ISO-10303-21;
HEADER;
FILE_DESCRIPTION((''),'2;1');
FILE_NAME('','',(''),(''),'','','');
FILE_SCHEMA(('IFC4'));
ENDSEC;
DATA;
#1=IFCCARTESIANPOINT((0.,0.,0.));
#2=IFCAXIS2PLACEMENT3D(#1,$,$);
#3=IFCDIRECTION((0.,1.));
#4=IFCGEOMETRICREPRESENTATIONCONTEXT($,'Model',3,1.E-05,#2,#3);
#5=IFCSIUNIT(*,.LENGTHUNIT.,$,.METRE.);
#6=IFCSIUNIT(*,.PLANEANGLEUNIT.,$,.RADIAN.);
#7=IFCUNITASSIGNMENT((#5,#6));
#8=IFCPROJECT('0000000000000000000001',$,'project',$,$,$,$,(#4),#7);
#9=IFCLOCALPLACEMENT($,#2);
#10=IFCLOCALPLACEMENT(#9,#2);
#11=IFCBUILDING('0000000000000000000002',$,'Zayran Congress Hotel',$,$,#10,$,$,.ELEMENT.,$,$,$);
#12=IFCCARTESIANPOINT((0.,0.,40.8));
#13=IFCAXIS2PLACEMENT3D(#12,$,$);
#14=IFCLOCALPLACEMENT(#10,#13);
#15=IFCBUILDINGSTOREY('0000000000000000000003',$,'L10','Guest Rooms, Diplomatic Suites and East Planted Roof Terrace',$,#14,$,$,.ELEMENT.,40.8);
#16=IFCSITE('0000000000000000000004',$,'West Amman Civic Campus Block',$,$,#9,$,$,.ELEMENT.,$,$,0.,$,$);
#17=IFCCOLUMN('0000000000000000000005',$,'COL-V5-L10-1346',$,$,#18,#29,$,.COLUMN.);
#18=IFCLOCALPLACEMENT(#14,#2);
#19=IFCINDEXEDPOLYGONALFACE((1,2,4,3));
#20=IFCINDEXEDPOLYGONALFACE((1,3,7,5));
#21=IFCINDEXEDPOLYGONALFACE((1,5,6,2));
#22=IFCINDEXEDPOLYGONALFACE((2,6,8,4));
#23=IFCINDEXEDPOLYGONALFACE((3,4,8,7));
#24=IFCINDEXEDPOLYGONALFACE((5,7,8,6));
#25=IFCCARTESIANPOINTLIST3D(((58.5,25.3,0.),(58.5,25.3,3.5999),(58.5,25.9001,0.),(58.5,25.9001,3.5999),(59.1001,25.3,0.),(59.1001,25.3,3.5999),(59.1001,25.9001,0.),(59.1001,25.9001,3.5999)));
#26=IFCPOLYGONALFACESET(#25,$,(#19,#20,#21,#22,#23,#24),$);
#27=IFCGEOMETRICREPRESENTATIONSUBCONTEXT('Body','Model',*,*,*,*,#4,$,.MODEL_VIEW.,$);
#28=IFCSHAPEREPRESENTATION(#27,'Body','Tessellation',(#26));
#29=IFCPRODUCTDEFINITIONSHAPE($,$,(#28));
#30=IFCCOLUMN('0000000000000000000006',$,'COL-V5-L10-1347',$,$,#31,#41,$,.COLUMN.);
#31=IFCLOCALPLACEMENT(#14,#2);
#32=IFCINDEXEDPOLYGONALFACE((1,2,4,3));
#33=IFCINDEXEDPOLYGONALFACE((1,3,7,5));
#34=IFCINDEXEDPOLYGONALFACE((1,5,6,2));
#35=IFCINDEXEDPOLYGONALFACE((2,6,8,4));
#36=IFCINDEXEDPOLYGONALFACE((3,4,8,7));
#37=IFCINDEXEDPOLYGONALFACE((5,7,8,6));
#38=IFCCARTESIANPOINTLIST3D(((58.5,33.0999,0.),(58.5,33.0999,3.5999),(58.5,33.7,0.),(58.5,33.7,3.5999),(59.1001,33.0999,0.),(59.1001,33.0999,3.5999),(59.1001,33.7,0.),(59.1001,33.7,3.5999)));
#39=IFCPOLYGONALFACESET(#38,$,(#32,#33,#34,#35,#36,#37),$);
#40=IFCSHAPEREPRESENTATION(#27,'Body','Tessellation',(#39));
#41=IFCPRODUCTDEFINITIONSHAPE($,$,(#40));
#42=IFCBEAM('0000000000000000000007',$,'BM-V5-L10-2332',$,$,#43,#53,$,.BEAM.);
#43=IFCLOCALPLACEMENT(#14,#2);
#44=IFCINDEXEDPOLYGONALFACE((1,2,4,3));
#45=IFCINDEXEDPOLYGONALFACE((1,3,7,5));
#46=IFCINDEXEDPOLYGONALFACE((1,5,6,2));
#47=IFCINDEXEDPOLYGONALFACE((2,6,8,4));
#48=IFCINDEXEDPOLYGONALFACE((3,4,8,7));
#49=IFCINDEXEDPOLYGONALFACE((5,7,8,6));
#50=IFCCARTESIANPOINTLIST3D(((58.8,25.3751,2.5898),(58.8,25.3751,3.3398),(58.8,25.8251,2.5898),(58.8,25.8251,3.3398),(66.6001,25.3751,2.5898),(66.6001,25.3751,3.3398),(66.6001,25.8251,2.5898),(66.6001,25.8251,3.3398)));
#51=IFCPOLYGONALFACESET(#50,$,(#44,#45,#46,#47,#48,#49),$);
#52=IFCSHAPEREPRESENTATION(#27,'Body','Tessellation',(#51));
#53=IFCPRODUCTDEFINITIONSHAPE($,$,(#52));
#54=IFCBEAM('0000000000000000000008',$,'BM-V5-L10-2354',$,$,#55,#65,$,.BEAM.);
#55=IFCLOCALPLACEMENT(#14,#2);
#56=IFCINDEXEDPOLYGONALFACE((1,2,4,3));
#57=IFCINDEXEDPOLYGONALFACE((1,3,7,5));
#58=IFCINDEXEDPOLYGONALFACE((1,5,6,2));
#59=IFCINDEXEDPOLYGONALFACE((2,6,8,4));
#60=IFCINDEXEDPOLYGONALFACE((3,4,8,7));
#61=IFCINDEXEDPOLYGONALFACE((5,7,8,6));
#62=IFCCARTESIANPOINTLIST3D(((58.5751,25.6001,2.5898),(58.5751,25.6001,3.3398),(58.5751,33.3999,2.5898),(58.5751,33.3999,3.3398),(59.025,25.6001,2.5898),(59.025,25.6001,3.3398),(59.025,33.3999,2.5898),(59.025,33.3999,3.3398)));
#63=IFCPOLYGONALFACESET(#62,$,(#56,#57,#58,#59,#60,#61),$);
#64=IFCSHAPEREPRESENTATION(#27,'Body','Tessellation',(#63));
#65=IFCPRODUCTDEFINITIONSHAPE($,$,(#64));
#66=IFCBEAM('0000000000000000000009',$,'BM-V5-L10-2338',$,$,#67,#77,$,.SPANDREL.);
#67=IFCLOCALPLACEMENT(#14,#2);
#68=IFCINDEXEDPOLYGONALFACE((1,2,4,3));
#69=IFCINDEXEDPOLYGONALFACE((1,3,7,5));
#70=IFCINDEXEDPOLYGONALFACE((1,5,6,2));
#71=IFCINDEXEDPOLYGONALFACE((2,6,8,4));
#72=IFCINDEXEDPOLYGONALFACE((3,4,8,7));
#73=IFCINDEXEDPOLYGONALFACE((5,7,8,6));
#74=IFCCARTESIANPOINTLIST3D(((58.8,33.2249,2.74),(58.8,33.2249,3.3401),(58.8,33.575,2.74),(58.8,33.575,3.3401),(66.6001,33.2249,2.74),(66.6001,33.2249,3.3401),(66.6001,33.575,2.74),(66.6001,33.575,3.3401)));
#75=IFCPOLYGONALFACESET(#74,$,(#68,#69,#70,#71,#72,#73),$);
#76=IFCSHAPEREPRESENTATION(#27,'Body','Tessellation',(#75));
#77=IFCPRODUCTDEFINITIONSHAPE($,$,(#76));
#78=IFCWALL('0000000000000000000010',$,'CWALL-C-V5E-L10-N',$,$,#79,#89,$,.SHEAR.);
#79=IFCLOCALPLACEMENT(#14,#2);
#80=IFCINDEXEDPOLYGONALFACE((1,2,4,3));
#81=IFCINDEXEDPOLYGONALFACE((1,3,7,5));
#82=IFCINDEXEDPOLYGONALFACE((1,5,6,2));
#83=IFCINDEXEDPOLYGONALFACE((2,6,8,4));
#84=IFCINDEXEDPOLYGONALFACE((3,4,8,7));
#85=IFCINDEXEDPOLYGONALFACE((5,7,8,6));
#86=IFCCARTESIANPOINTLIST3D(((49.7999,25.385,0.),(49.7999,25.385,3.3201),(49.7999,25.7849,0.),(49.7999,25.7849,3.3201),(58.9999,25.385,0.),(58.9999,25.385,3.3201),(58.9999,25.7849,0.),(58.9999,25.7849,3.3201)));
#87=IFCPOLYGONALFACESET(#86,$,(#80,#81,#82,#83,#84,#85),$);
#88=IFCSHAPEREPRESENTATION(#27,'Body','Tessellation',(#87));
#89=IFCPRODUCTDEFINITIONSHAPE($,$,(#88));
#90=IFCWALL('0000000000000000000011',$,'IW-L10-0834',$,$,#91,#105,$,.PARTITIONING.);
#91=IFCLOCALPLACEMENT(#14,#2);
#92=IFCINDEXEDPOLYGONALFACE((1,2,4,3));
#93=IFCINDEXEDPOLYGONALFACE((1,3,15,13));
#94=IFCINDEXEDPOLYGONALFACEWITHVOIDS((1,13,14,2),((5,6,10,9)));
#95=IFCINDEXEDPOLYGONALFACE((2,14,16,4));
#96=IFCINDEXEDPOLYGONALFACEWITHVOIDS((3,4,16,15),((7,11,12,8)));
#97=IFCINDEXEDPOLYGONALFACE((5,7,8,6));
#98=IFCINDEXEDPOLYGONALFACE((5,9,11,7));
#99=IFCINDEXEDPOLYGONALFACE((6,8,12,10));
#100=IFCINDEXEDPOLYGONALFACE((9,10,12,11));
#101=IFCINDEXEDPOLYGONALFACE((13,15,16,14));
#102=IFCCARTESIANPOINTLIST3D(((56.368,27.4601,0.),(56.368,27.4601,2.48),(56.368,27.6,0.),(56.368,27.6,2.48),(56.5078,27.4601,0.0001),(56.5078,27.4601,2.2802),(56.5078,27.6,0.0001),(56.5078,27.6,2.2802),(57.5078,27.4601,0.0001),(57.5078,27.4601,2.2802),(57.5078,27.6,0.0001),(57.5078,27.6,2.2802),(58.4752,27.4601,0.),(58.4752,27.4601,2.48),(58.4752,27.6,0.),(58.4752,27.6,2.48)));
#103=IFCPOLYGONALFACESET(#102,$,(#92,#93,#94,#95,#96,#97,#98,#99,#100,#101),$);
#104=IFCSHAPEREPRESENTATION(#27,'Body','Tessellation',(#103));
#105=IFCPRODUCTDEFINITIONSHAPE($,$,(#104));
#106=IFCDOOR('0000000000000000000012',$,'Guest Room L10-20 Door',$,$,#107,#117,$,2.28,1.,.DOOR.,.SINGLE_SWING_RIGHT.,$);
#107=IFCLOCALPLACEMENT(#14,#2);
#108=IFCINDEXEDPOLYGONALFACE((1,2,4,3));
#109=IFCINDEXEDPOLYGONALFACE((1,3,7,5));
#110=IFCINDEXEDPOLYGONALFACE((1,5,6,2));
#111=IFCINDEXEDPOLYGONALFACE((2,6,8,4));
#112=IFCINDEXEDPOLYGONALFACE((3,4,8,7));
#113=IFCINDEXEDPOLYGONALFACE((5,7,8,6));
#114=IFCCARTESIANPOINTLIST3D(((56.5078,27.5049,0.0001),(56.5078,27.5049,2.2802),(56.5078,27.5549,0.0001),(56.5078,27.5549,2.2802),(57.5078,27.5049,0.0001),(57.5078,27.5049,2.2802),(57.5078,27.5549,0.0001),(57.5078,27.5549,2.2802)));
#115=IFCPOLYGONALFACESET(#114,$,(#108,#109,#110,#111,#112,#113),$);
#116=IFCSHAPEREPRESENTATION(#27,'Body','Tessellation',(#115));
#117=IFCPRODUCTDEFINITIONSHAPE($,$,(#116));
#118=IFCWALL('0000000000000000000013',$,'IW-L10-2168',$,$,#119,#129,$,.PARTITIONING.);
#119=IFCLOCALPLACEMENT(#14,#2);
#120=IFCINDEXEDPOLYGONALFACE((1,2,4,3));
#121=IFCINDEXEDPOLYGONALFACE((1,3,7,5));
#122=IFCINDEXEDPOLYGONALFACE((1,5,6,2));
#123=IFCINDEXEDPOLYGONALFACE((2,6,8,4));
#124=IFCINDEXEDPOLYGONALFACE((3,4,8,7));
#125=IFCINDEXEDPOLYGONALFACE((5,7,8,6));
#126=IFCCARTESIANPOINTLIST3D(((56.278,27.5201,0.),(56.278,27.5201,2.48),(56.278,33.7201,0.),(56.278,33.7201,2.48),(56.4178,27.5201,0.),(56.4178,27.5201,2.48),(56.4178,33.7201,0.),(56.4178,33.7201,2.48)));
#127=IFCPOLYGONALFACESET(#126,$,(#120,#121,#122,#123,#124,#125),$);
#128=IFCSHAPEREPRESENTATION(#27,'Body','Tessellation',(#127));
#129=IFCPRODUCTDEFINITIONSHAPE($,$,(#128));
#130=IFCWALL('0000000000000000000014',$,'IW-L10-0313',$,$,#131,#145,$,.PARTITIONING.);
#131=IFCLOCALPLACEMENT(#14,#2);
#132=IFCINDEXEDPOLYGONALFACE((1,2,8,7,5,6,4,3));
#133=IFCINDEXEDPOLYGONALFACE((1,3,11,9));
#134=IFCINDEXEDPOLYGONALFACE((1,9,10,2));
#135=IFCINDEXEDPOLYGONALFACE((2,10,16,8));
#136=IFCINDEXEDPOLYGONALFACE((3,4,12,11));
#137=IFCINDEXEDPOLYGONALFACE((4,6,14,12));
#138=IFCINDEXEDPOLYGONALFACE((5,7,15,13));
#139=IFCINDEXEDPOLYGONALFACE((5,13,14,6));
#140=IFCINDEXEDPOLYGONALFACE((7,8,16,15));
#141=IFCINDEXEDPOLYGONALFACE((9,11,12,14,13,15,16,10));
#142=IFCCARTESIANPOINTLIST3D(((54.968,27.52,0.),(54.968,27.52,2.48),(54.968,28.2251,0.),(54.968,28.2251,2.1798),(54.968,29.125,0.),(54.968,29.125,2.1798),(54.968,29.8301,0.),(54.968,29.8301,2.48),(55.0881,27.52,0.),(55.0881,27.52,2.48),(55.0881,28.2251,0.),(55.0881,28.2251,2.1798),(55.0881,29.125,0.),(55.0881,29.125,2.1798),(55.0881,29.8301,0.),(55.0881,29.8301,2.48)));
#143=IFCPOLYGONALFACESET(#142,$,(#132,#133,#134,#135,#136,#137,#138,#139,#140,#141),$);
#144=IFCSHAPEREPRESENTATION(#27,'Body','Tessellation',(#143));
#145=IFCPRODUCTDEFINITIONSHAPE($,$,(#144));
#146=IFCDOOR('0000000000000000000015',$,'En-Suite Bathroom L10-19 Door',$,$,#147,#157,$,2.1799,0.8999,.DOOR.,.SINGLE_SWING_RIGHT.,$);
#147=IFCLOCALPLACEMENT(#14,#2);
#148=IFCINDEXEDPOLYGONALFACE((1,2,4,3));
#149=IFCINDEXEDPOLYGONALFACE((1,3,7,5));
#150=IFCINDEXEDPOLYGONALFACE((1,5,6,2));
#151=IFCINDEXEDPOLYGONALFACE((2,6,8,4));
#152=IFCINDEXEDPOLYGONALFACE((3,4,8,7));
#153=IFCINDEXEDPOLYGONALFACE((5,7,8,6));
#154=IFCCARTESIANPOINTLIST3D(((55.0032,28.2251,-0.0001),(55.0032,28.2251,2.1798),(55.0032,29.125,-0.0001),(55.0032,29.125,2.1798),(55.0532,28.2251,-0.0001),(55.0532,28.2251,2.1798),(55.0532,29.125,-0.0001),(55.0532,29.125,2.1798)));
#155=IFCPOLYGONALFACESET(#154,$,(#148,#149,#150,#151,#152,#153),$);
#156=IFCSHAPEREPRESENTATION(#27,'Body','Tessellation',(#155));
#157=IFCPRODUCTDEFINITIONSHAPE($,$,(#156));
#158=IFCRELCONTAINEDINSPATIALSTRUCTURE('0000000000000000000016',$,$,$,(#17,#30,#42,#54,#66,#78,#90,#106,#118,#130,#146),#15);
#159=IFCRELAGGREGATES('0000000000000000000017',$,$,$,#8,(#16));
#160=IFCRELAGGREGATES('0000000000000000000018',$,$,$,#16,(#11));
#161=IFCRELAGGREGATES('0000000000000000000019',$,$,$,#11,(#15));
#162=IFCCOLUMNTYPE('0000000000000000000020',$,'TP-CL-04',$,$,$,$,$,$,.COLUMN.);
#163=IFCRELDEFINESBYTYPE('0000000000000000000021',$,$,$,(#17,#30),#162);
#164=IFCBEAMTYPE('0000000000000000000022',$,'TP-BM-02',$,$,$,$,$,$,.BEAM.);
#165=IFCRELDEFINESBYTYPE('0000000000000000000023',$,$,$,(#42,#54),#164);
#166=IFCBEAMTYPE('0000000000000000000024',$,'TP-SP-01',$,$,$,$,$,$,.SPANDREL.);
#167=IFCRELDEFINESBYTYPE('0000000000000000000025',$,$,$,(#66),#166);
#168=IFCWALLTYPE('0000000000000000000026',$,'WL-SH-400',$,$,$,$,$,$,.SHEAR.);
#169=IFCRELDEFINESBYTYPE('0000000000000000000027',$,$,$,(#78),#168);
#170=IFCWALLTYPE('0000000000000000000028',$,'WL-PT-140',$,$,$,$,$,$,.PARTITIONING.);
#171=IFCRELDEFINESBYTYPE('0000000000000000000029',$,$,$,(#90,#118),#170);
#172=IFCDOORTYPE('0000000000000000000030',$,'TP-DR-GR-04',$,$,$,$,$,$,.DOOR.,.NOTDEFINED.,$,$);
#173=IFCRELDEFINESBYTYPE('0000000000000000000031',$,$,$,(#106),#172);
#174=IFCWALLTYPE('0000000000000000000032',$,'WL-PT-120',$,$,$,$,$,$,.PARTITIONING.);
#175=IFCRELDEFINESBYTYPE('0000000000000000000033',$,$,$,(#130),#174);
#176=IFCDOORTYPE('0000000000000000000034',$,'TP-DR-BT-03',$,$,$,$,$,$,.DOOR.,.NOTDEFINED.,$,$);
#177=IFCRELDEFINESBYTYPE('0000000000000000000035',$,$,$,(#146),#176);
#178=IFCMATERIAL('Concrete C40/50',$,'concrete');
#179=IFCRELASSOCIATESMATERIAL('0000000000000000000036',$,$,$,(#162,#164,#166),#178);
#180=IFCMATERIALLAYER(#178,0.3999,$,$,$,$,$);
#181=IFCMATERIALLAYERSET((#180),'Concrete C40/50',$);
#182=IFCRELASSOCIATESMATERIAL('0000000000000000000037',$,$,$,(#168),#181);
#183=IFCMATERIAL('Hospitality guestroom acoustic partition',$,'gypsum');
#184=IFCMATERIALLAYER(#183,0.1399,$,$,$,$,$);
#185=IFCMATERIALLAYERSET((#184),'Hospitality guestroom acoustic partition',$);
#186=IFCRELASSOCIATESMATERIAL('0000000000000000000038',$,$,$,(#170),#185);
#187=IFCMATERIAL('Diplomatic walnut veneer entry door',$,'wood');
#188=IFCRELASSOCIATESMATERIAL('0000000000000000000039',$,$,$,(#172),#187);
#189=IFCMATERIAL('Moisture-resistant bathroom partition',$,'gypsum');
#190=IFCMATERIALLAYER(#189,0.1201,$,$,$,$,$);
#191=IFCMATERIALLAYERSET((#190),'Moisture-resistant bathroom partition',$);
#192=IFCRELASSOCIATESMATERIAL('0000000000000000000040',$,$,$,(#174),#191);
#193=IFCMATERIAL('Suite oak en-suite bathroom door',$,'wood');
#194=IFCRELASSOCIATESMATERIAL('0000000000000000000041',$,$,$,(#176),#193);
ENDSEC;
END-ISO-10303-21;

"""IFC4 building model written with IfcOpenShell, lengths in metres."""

from ifc_helpers import new_model, si_unit, direction, frame, frame_2d, origin, origin_2d, place, context, subcontext, project, spatial, rectangle, extrude, material, layer, layer_set, material_profile, profile_set, type_object, element, fill, save


model = new_model("IFC4")

# Units and contexts
model_context = context("Model", 3, precision=1e-05, world=origin(), true_north=direction((0.0, 1.0)))
body_context = subcontext(model_context, "Body", "Model", "MODEL_VIEW")
ifc_project = project(units=[si_unit("LENGTHUNIT", "METRE"), si_unit("PLANEANGLEUNIT", "RADIAN")], contexts=[model_context])

# Site, building, storey
site_placement = place(None, origin())
site = spatial("IfcSite", under=ifc_project, at=site_placement, Name="West Amman Civic Campus Block", CompositionType="ELEMENT", RefElevation=0.0)
building_placement = place(site_placement, origin())
building = spatial("IfcBuilding", under=site, at=building_placement, Name="Zayran Congress Hotel", CompositionType="ELEMENT")
storey_placement = place(building_placement, frame((0.0, 0.0, 40.8)))
storey = spatial("IfcBuildingStorey", under=building, at=storey_placement, Name="L10", Description="Guest Rooms, Diplomatic Suites and East Planted Roof Terrace", CompositionType="ELEMENT", Elevation=40.8)

# Columns
ifc_material_1 = material(Name="Concrete C40/50", Category="concrete")
ifc_material_profile_1 = material_profile(ifc_material_1, rectangle(XDim=0.6001, YDim=0.6001, at=origin_2d()), Name="RC 600x600")
ifc_profile_set_1 = profile_set([ifc_material_profile_1], Name="Concrete C40/50")
column_type = type_object("IfcColumnType", Name="TP-CL-04", PredefinedType="COLUMN", material=ifc_profile_set_1)
for number, where, z_axis, x_axis, name in (
    (1, (58.8, 25.6001, 0.0), (0.0, 0.0, 1.0), (1.0, 0.0, 0.0), "COL-V5-L10-1346"),
    (2, (58.8, 33.3999, 0.0), (0.0, 0.0, 1.0), (1.0, 0.0, 0.0), "COL-V5-L10-1347"),
):
    element("IfcColumn", number, at=place(storey_placement, frame(where, z_axis=z_axis, x_axis=x_axis)), inside=storey, type_object=column_type, Name=name, PredefinedType="COLUMN", context=body_context, shape_type="SweptSolid", body=[
        extrude(rectangle(XDim=0.6001, YDim=0.6001, at=origin_2d()), origin(), (0.0, 0.0, 1.0), 3.5999),
    ])

# Beams
ifc_material_profile_2 = material_profile(ifc_material_1, rectangle(XDim=0.45, YDim=0.75, at=origin_2d()), Name="RC 450x750")
ifc_profile_set_2 = profile_set([ifc_material_profile_2], Name="Concrete C40/50")
beam_type_1 = type_object("IfcBeamType", Name="TP-BM-02", PredefinedType="BEAM", material=ifc_profile_set_2)
beam_1_placement = place(storey_placement, frame((58.8, 25.6001, 2.9648), z_axis=(1.0, 0.0, 0.0), x_axis=(0.0, 1.0, 0.0)))
element("IfcBeam", 3, at=beam_1_placement, inside=storey, type_object=beam_type_1, Name="BM-V5-L10-2332", PredefinedType="BEAM", context=body_context, shape_type="SweptSolid", body=[
    extrude(rectangle(XDim=0.45, YDim=0.75, at=origin_2d()), origin(), (0.0, 0.0, 1.0), 7.8),
])
beam_2_placement = place(storey_placement, frame((58.8, 25.6001, 2.9648), z_axis=(0.0, 1.0, 0.0), x_axis=(-1.0, 0.0, 0.0)))
element("IfcBeam", 4, at=beam_2_placement, inside=storey, type_object=beam_type_1, Name="BM-V5-L10-2354", PredefinedType="BEAM", context=body_context, shape_type="SweptSolid", body=[
    extrude(rectangle(XDim=0.45, YDim=0.75, at=origin_2d()), origin(), (0.0, 0.0, 1.0), 7.7998),
])
ifc_material_profile_3 = material_profile(ifc_material_1, rectangle(XDim=0.3501, YDim=0.6001, at=origin_2d()), Name="RC 350x600")
ifc_profile_set_3 = profile_set([ifc_material_profile_3], Name="Concrete C40/50")
beam_type_2 = type_object("IfcBeamType", Name="TP-SP-01", PredefinedType="SPANDREL", material=ifc_profile_set_3)
beam_3_placement = place(storey_placement, frame((58.8, 33.3999, 3.04), z_axis=(1.0, 0.0, 0.0), x_axis=(0.0, 1.0, 0.0)))
element("IfcBeam", 5, at=beam_3_placement, inside=storey, type_object=beam_type_2, Name="BM-V5-L10-2338", PredefinedType="SPANDREL", context=body_context, shape_type="SweptSolid", body=[
    extrude(rectangle(XDim=0.3501, YDim=0.6001, at=origin_2d()), origin(), (0.0, 0.0, 1.0), 7.8),
])

# Wall
ifc_layer_1 = layer(ifc_material_1, 0.3999)
ifc_layer_set_1 = layer_set([ifc_layer_1], Name="Concrete C40/50")
wall_type_1 = type_object("IfcWallType", Name="WL-SH-400", PredefinedType="SHEAR", material=ifc_layer_set_1)
wall_1_placement = place(storey_placement, frame((59.0, 25.585, 0.0), z_axis=(0.0, 0.0, 1.0), x_axis=(-1.0, 0.0, 0.0)))
element("IfcWall", 6, at=wall_1_placement, inside=storey, type_object=wall_type_1, Name="CWALL-C-V5E-L10-N", PredefinedType="SHEAR", context=body_context, shape_type="SweptSolid", body=[
    extrude(rectangle(XDim=9.2, YDim=0.3999, at=frame_2d((4.6001, 0.0))), origin(), (0.0, 0.0, 1.0), 3.3201),
])

# Wall, opening, door
ifc_material_2 = material(Name="Hospitality guestroom acoustic partition", Category="gypsum")
ifc_layer_2 = layer(ifc_material_2, 0.1399)
ifc_layer_set_2 = layer_set([ifc_layer_2], Name="Hospitality guestroom acoustic partition")
wall_type_2 = type_object("IfcWallType", Name="WL-PT-140", PredefinedType="PARTITIONING", material=ifc_layer_set_2)
wall_2_placement = place(storey_placement, frame((56.3679, 27.53, 0.0), z_axis=(0.0, 0.0, 1.0), x_axis=(1.0, 0.0, 0.0)))
wall_2 = element("IfcWall", 7, at=wall_2_placement, inside=storey, type_object=wall_type_2, Name="IW-L10-0834", PredefinedType="PARTITIONING", context=body_context, shape_type="SweptSolid", body=[
    extrude(rectangle(XDim=2.1072, YDim=0.1399, at=frame_2d((1.0537, 0.0))), origin(), (0.0, 0.0, 1.0), 2.48),
])
opening_1_placement = place(wall_2_placement, frame((0.1399, 0.0, 0.0)))
opening_1 = element("IfcOpeningElement", 8, at=opening_1_placement, cuts=wall_2, PredefinedType="OPENING", context=body_context, shape_type="SweptSolid", body=[
    extrude(rectangle(XDim=1.0, YDim=2.28, at=frame_2d((0.5, 1.1401))), frame((0.0, 0.0798, 0.0), z_axis=(0.0, -1.0, 0.0), x_axis=(1.0, 0.0, 0.0)), (0.0, 0.0, 1.0), 0.1599),
])
ifc_material_3 = material(Name="Diplomatic walnut veneer entry door", Category="wood")
door_type_1 = type_object("IfcDoorType", Name="TP-DR-GR-04", OperationType="NOTDEFINED", PredefinedType="DOOR", material=ifc_material_3)
door_1_placement = place(opening_1_placement, origin())
door_1 = element("IfcDoor", 9, at=door_1_placement, inside=storey, type_object=door_type_1, Name="Guest Room L10-20 Door", OperationType="SINGLE_SWING_RIGHT", OverallHeight=2.28, OverallWidth=1.0, PredefinedType="DOOR", context=body_context, shape_type="SweptSolid", body=[
    extrude(rectangle(XDim=1.0, YDim=2.28, at=frame_2d((0.5, 1.1401))), frame((0.0, 0.0249, 0.0), z_axis=(0.0, -1.0, 0.0), x_axis=(1.0, 0.0, 0.0)), (0.0, 0.0, 1.0), 0.05),
])
fill(opening_1, door_1)

# Wall
wall_3_placement = place(storey_placement, frame((56.3479, 27.52, 0.0), z_axis=(0.0, 0.0, 1.0), x_axis=(0.0, 1.0, 0.0)))
element("IfcWall", 10, at=wall_3_placement, inside=storey, type_object=wall_type_2, Name="IW-L10-2168", PredefinedType="PARTITIONING", context=body_context, shape_type="SweptSolid", body=[
    extrude(rectangle(XDim=6.2, YDim=0.1399, at=frame_2d((3.1001, 0.0))), origin(), (0.0, 0.0, 1.0), 2.48),
])

# Wall, opening, door
ifc_material_4 = material(Name="Moisture-resistant bathroom partition", Category="gypsum")
ifc_layer_3 = layer(ifc_material_4, 0.1201)
ifc_layer_set_3 = layer_set([ifc_layer_3], Name="Moisture-resistant bathroom partition")
wall_type_3 = type_object("IfcWallType", Name="WL-PT-120", PredefinedType="PARTITIONING", material=ifc_layer_set_3)
wall_4_placement = place(storey_placement, frame((55.0281, 27.52, 0.0), z_axis=(0.0, 0.0, 1.0), x_axis=(0.0, 1.0, 0.0)))
wall_4 = element("IfcWall", 11, at=wall_4_placement, inside=storey, type_object=wall_type_3, Name="IW-L10-0313", PredefinedType="PARTITIONING", context=body_context, shape_type="SweptSolid", body=[
    extrude(rectangle(XDim=2.3101, YDim=0.1201, at=frame_2d((1.155, 0.0))), origin(), (0.0, 0.0, 1.0), 2.48),
])
opening_2_placement = place(wall_4_placement, frame((0.7051, 0.0, 0.0)))
opening_2 = element("IfcOpeningElement", 12, at=opening_2_placement, cuts=wall_4, PredefinedType="OPENING", context=body_context, shape_type="SweptSolid", body=[
    extrude(rectangle(XDim=0.8999, YDim=2.1799, at=frame_2d((0.45, 1.0898))), frame((0.0, 0.0701, 0.0), z_axis=(0.0, -1.0, 0.0), x_axis=(1.0, 0.0, 0.0)), (0.0, 0.0, 1.0), 0.1401),
])
ifc_material_5 = material(Name="Suite oak en-suite bathroom door", Category="wood")
door_type_2 = type_object("IfcDoorType", Name="TP-DR-BT-03", OperationType="NOTDEFINED", PredefinedType="DOOR", material=ifc_material_5)
door_2_placement = place(opening_2_placement, origin())
door_2 = element("IfcDoor", 13, at=door_2_placement, inside=storey, type_object=door_type_2, Name="En-Suite Bathroom L10-19 Door", OperationType="SINGLE_SWING_RIGHT", OverallHeight=2.1799, OverallWidth=0.8999, PredefinedType="DOOR", context=body_context, shape_type="SweptSolid", body=[
    extrude(rectangle(XDim=0.8999, YDim=2.1799, at=frame_2d((0.45, 1.0898))), frame((0.0, 0.0249, 0.0), z_axis=(0.0, -1.0, 0.0), x_axis=(1.0, 0.0, 0.0)), (0.0, 0.0, 1.0), 0.05),
])
fill(opening_2, door_2)

save(model, "model.ifc")
